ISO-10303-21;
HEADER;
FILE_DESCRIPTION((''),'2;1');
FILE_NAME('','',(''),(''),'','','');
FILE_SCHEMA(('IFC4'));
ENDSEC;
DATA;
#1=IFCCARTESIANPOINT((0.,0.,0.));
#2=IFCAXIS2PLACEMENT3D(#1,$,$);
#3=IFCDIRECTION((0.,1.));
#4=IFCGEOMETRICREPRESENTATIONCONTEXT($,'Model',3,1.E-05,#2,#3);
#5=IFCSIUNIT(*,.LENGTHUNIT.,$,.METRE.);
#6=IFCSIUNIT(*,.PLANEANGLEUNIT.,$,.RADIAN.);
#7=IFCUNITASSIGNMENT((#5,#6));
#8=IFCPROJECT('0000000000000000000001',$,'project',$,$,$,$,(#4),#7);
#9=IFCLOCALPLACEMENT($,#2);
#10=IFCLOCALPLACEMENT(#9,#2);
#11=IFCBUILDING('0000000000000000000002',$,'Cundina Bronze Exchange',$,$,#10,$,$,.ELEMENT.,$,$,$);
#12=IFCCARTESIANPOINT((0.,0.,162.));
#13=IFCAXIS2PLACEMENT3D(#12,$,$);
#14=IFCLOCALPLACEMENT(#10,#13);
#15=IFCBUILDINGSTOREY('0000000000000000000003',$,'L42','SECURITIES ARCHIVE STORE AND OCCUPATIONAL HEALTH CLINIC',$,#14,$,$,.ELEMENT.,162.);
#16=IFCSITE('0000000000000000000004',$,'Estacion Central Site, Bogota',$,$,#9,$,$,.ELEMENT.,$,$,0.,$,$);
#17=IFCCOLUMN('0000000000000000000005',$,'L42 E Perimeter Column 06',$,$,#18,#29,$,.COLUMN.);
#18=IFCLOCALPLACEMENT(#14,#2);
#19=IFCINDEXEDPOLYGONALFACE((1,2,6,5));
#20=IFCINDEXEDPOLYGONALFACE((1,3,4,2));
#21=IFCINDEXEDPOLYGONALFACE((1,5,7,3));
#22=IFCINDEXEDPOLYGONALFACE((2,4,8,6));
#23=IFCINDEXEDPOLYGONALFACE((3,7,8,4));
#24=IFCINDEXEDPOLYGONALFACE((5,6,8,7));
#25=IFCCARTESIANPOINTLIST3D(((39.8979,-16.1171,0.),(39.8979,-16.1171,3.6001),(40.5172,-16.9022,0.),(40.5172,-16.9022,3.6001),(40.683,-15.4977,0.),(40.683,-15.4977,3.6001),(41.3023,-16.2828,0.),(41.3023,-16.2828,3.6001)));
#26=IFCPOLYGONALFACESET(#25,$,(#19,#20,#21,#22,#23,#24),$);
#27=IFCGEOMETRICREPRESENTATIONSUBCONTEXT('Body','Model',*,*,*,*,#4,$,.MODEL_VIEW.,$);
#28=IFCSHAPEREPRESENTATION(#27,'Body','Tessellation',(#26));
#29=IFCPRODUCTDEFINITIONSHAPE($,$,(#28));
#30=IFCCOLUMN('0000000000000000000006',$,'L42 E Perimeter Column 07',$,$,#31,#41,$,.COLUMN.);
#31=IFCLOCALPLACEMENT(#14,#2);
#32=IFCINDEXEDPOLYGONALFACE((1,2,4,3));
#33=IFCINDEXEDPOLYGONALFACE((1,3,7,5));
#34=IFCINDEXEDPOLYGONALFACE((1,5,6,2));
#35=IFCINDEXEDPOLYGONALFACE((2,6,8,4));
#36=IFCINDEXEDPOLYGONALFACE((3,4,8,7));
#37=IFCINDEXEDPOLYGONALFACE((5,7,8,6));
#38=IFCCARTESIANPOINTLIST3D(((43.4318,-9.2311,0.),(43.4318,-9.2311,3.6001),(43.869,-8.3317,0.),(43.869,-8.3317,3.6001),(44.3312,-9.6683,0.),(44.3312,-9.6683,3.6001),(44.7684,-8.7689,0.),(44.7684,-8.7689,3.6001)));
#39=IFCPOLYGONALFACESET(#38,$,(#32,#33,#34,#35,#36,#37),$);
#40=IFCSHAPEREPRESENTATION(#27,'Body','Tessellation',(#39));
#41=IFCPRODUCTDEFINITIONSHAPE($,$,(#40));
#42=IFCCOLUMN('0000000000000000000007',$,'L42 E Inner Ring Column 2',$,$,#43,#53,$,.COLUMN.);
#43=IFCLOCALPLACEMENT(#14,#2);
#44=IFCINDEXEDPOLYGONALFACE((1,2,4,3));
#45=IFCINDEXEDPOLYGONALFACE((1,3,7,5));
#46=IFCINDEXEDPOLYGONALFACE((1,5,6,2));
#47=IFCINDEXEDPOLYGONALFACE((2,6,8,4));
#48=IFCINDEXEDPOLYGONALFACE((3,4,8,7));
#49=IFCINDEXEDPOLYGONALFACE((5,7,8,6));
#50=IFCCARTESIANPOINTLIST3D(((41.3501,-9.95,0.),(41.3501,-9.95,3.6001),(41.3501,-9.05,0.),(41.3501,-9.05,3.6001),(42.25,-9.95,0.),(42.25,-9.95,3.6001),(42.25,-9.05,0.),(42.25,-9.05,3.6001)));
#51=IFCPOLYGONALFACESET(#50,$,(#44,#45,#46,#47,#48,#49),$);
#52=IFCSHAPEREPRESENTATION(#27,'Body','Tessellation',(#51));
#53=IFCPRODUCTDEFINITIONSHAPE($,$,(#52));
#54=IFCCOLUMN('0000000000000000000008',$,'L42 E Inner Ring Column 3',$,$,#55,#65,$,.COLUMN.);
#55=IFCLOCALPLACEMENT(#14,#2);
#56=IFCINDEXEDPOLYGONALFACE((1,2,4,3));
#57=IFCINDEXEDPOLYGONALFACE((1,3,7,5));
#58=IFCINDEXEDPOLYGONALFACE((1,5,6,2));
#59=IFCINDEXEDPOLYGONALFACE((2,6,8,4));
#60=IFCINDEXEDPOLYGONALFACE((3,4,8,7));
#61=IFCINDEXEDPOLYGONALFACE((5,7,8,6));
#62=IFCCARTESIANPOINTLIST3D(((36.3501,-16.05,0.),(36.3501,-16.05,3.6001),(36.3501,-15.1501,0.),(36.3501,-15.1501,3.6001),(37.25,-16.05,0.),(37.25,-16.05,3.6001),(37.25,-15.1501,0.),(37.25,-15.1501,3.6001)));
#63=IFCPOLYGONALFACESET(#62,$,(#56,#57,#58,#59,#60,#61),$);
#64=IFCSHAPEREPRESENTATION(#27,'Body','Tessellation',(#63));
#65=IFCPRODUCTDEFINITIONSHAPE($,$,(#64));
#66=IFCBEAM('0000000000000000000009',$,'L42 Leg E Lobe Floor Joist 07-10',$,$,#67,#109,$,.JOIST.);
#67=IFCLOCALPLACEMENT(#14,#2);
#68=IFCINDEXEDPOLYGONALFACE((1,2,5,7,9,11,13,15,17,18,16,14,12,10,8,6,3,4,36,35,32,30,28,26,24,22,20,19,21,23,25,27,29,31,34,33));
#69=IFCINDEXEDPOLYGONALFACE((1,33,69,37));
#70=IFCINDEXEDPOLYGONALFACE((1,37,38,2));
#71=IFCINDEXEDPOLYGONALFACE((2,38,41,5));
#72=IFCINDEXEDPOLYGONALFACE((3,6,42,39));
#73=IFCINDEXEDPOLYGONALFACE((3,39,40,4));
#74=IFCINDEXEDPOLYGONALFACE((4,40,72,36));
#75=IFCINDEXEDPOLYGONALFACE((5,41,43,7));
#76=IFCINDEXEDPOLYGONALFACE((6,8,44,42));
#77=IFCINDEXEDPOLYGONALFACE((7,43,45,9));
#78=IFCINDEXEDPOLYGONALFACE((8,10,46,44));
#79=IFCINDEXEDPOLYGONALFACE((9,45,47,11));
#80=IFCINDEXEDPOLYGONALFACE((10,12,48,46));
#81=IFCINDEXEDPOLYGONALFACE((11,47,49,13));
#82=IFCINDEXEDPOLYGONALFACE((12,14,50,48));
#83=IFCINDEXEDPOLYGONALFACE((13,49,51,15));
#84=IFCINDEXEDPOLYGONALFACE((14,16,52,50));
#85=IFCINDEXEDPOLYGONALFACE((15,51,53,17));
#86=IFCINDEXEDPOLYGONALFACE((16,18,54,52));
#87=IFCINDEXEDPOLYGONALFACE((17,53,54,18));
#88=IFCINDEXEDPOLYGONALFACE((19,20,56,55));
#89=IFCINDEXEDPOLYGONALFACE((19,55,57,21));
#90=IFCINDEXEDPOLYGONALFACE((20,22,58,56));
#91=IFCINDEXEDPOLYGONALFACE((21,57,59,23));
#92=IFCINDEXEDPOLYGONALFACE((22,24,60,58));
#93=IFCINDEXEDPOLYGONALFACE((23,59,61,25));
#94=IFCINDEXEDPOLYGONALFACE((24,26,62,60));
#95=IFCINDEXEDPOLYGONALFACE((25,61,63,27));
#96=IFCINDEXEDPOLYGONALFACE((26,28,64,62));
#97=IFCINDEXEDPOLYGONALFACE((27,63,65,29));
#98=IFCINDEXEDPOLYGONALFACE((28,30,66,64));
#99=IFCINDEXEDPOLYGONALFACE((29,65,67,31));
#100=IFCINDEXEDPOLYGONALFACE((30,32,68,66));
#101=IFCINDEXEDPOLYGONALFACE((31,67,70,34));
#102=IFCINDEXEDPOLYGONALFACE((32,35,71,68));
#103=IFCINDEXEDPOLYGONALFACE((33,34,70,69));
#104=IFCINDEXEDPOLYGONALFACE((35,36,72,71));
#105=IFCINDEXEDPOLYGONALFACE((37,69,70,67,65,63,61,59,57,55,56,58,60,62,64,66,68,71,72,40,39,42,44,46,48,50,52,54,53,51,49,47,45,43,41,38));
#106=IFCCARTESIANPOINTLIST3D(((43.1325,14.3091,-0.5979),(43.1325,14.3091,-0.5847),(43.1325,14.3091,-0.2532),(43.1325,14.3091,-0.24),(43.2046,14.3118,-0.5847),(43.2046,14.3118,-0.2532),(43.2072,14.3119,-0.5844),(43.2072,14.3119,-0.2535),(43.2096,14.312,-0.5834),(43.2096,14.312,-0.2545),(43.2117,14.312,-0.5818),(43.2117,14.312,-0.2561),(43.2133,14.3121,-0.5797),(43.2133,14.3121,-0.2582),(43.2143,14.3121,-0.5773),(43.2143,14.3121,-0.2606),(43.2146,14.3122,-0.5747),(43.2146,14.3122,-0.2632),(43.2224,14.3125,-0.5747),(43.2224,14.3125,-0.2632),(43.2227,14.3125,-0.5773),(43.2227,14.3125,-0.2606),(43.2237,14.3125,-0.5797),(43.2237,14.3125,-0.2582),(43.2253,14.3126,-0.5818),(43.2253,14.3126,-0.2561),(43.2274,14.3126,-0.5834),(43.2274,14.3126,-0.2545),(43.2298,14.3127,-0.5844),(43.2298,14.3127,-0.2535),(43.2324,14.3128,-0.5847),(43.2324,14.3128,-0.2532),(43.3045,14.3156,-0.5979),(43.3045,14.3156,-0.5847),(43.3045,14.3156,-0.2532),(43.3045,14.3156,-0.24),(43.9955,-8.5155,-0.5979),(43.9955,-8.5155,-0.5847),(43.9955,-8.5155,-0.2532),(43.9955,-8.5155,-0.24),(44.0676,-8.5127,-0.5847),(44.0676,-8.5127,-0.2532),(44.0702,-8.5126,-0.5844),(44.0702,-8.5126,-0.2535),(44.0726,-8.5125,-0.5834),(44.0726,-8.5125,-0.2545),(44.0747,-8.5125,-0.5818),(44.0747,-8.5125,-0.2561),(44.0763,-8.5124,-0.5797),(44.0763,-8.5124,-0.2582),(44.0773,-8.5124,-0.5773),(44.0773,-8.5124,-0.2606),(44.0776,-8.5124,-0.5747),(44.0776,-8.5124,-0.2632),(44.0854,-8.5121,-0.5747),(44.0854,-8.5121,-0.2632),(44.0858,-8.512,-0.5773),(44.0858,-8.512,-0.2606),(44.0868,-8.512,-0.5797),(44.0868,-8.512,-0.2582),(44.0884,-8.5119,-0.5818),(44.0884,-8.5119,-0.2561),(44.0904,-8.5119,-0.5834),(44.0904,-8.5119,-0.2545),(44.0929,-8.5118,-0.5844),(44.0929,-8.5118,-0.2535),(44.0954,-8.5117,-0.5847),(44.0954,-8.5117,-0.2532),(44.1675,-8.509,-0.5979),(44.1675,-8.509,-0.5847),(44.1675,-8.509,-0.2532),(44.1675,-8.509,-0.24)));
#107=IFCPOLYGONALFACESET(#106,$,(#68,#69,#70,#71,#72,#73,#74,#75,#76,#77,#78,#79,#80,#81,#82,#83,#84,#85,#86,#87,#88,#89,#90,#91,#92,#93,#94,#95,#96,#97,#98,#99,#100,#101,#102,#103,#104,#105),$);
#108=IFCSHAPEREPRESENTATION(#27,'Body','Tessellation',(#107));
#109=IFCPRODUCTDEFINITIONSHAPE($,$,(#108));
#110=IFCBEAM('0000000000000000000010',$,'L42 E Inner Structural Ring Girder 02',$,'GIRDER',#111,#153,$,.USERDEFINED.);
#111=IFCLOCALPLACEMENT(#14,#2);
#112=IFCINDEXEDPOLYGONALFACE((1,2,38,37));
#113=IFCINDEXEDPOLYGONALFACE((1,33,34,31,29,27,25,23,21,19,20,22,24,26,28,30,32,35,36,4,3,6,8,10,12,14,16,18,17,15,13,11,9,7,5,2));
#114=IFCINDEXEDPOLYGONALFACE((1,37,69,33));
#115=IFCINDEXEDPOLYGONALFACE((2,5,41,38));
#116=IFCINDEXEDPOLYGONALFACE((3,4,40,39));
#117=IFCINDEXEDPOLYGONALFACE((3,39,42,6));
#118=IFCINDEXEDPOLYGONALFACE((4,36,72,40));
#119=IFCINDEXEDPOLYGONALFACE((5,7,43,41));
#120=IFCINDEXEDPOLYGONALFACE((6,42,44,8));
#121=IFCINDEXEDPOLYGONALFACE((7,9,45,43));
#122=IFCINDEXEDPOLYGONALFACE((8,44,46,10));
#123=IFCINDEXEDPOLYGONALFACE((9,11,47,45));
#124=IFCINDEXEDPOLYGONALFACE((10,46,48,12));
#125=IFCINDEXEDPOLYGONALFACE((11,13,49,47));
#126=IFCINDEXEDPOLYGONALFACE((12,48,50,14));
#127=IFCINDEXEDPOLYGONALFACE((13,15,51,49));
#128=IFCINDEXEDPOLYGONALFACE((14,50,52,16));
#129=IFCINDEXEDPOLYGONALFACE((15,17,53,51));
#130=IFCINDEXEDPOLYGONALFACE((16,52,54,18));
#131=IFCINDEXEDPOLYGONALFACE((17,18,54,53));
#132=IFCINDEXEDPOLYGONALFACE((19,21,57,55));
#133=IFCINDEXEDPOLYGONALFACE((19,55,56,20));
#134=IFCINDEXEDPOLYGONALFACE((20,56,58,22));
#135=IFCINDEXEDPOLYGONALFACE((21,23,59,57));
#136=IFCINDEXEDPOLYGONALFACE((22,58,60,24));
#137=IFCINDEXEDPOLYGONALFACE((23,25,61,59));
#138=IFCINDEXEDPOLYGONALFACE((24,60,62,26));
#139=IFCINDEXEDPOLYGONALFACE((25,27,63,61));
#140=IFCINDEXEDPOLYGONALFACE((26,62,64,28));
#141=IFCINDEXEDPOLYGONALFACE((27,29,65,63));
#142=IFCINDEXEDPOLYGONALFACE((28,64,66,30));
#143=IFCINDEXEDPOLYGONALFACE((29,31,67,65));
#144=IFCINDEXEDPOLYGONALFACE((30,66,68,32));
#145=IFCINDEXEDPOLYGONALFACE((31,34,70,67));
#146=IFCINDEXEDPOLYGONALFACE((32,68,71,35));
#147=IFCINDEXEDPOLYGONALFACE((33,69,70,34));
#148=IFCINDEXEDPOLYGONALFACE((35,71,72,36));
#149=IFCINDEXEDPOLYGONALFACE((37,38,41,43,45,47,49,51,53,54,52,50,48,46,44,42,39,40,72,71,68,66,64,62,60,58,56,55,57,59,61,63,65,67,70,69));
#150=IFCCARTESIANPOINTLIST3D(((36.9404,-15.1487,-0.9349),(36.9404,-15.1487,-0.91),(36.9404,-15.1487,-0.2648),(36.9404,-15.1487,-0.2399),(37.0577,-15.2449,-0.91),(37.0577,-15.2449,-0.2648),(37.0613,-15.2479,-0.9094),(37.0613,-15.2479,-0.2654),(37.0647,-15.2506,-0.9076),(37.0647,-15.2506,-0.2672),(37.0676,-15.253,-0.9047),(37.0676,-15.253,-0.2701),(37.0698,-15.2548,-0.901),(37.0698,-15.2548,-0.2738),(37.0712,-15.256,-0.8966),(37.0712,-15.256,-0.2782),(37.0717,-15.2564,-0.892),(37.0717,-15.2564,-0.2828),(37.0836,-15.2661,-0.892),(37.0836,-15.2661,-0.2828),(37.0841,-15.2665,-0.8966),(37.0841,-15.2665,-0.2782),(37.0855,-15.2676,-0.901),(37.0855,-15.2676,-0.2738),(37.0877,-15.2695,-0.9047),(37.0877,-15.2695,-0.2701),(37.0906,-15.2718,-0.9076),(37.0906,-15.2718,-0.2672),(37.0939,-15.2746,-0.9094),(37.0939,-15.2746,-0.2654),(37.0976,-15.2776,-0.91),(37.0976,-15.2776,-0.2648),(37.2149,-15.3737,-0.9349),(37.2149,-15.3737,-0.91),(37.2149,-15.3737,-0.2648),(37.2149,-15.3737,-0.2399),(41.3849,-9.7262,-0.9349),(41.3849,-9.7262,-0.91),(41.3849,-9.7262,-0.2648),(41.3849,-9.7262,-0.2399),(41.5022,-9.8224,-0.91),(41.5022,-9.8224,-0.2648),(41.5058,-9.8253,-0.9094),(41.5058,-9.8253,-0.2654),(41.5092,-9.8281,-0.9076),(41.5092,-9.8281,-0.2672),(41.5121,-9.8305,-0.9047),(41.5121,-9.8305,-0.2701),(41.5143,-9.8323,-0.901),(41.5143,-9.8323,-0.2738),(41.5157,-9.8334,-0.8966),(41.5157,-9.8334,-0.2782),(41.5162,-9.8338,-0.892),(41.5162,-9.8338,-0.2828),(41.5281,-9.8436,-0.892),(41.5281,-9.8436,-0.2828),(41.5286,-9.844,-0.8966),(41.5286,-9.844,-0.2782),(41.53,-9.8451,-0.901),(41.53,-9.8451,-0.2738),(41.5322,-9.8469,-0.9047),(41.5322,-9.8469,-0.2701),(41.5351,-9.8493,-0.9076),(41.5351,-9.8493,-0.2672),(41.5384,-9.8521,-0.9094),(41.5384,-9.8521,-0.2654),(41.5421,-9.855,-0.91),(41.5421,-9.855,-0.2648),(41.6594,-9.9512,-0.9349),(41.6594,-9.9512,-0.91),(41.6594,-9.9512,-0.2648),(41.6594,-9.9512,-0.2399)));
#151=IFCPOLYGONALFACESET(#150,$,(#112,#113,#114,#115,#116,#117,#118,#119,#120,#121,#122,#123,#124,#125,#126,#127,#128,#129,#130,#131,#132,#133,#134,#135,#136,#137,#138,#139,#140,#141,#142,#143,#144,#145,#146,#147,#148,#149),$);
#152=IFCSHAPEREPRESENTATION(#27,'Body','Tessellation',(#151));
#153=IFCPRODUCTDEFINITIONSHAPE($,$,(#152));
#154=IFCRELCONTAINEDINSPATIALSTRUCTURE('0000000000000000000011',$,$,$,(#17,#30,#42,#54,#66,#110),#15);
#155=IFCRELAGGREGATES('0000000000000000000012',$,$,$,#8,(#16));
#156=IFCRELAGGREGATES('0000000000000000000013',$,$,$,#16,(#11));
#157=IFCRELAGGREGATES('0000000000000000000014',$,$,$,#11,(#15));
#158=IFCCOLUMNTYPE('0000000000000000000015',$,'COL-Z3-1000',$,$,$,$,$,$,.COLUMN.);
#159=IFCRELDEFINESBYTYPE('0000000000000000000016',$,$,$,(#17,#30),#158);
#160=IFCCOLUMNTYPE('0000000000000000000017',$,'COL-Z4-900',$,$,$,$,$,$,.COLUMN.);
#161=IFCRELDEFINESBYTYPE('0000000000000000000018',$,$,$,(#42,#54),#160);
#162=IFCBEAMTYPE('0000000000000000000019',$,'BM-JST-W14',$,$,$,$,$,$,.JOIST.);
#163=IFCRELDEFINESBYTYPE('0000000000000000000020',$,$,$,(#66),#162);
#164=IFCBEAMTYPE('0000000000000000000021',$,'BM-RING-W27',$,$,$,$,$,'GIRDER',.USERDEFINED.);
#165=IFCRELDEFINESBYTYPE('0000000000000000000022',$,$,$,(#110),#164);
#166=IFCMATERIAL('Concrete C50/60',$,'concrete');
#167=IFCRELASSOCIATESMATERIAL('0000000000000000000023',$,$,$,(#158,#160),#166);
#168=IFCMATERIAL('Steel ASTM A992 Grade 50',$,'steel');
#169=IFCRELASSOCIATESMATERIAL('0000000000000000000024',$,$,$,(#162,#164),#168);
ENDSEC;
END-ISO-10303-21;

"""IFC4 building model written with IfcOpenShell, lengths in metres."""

from ifc_helpers import new_model, si_unit, direction, frame, origin, origin_2d, place, context, subcontext, project, spatial, rectangle, i_section, extrude, material, material_profile, profile_set, type_object, element, save


model = new_model("IFC4")

# Units and contexts
model_context = context("Model", 3, precision=1e-05, world=origin(), true_north=direction((0.0, 1.0)))
body_context = subcontext(model_context, "Body", "Model", "MODEL_VIEW")
ifc_project = project(units=[si_unit("LENGTHUNIT", "METRE"), si_unit("PLANEANGLEUNIT", "RADIAN")], contexts=[model_context])

# Site, building, storey
site_placement = place(None, origin())
site = spatial("IfcSite", under=ifc_project, at=site_placement, Name="Estacion Central Site, Bogota", CompositionType="ELEMENT", RefElevation=0.0)
building_placement = place(site_placement, origin())
building = spatial("IfcBuilding", under=site, at=building_placement, Name="Cundina Bronze Exchange", CompositionType="ELEMENT")
storey_placement = place(building_placement, frame((0.0, 0.0, 162.0)))
storey = spatial("IfcBuildingStorey", under=building, at=storey_placement, Name="L42", Description="SECURITIES ARCHIVE STORE AND OCCUPATIONAL HEALTH CLINIC", CompositionType="ELEMENT", Elevation=162.0)

# Columns
ifc_material_1 = material(Name="Concrete C50/60", Category="concrete")
ifc_material_profile_1 = material_profile(ifc_material_1, rectangle(XDim=1.0, YDim=1.0, at=origin_2d()), Name="RC1000X1000", Category="concrete")
ifc_profile_set_1 = profile_set([ifc_material_profile_1], Name="Concrete C50/60")
column_type_1 = type_object("IfcColumnType", Name="COL-Z3-1000", PredefinedType="COLUMN", material=ifc_profile_set_1)
for number, where, z_axis, x_axis, name in (
    (1, (40.6001, -16.2, 0.0), (0.0, 0.0, 1.0), (0.785101, 0.619368, 0.0), "L42 E Perimeter Column 06"),
    (2, (44.1001, -9.0, 0.0), (0.0, 0.0, 1.0), (0.437116, 0.899405, 0.0), "L42 E Perimeter Column 07"),
):
    element("IfcColumn", number, at=place(storey_placement, frame(where, z_axis=z_axis, x_axis=x_axis)), inside=storey, type_object=column_type_1, Name=name, PredefinedType="COLUMN", context=body_context, shape_type="SweptSolid", body=[
        extrude(rectangle(XDim=1.0, YDim=1.0, at=origin_2d()), origin(), (0.0, 0.0, 1.0), 3.6001),
    ])
ifc_material_profile_2 = material_profile(ifc_material_1, rectangle(XDim=0.8999, YDim=0.8999, at=origin_2d()), Name="RC900X900", Category="concrete")
ifc_profile_set_2 = profile_set([ifc_material_profile_2], Name="Concrete C50/60")
column_type_2 = type_object("IfcColumnType", Name="COL-Z4-900", PredefinedType="COLUMN", material=ifc_profile_set_2)
for number, where, z_axis, x_axis, name in (
    (3, (41.8, -9.5, 0.0), (0.0, 0.0, 1.0), (1.0, 0.0, 0.0), "L42 E Inner Ring Column 2"),
    (4, (36.8, -15.6001, 0.0), (0.0, 0.0, 1.0), (1.0, 0.0, 0.0), "L42 E Inner Ring Column 3"),
):
    element("IfcColumn", number, at=place(storey_placement, frame(where, z_axis=z_axis, x_axis=x_axis)), inside=storey, type_object=column_type_2, Name=name, PredefinedType="COLUMN", context=body_context, shape_type="SweptSolid", body=[
        extrude(rectangle(XDim=0.8999, YDim=0.8999, at=origin_2d()), origin(), (0.0, 0.0, 1.0), 3.6001),
    ])

# Beams
ifc_material_2 = material(Name="Steel ASTM A992 Grade 50", Category="steel")
ifc_material_profile_3 = material_profile(ifc_material_2, i_section(OverallWidth=0.1721, OverallDepth=0.3579, WebThickness=0.0078, FlangeThickness=0.0132, FilletRadius=0.01, at=origin_2d()), Name="W14X38", Category="steel")
ifc_profile_set_3 = profile_set([ifc_material_profile_3], Name="Steel ASTM A992 Grade 50")
beam_type_1 = type_object("IfcBeamType", Name="BM-JST-W14", PredefinedType="JOIST", material=ifc_profile_set_3)
beam_1_placement = place(storey_placement, frame((44.0815, -8.5122, -0.4189), z_axis=(-0.037785, 0.999286, 0.0), x_axis=(-0.999286, -0.037785, 0.0)))
element("IfcBeam", 5, at=beam_1_placement, inside=storey, type_object=beam_type_1, Name="L42 Leg E Lobe Floor Joist 07-10", PredefinedType="JOIST", context=body_context, shape_type="SweptSolid", body=[
    extrude(i_section(OverallWidth=0.1721, OverallDepth=0.3579, WebThickness=0.0078, FlangeThickness=0.0132, FilletRadius=0.01, at=origin_2d()), origin(), (0.0, 0.0, 1.0), 22.8408),
])
ifc_material_profile_4 = material_profile(ifc_material_2, i_section(OverallWidth=0.355, OverallDepth=0.6951, WebThickness=0.0154, FlangeThickness=0.0249, FilletRadius=0.0181, at=origin_2d()), Name="W27X146", Category="steel")
ifc_profile_set_4 = profile_set([ifc_material_profile_4], Name="Steel ASTM A992 Grade 50")
beam_type_2 = type_object("IfcBeamType", Name="BM-RING-W27", ElementType="GIRDER", PredefinedType="USERDEFINED", material=ifc_profile_set_4)
beam_2_placement = place(storey_placement, frame((37.0776, -15.2612, -0.5874), z_axis=(0.633913, 0.773405, 0.0), x_axis=(-0.773405, 0.633913, 0.0)))
element("IfcBeam", 6, at=beam_2_placement, inside=storey, type_object=beam_type_2, Name="L42 E Inner Structural Ring Girder 02", ObjectType="GIRDER", PredefinedType="USERDEFINED", context=body_context, shape_type="SweptSolid", body=[
    extrude(i_section(OverallWidth=0.355, OverallDepth=0.6951, WebThickness=0.0154, FlangeThickness=0.0249, FilletRadius=0.0181, at=origin_2d()), origin(), (0.0, 0.0, 1.0), 7.0112),
])

save(model, "model.ifc")
